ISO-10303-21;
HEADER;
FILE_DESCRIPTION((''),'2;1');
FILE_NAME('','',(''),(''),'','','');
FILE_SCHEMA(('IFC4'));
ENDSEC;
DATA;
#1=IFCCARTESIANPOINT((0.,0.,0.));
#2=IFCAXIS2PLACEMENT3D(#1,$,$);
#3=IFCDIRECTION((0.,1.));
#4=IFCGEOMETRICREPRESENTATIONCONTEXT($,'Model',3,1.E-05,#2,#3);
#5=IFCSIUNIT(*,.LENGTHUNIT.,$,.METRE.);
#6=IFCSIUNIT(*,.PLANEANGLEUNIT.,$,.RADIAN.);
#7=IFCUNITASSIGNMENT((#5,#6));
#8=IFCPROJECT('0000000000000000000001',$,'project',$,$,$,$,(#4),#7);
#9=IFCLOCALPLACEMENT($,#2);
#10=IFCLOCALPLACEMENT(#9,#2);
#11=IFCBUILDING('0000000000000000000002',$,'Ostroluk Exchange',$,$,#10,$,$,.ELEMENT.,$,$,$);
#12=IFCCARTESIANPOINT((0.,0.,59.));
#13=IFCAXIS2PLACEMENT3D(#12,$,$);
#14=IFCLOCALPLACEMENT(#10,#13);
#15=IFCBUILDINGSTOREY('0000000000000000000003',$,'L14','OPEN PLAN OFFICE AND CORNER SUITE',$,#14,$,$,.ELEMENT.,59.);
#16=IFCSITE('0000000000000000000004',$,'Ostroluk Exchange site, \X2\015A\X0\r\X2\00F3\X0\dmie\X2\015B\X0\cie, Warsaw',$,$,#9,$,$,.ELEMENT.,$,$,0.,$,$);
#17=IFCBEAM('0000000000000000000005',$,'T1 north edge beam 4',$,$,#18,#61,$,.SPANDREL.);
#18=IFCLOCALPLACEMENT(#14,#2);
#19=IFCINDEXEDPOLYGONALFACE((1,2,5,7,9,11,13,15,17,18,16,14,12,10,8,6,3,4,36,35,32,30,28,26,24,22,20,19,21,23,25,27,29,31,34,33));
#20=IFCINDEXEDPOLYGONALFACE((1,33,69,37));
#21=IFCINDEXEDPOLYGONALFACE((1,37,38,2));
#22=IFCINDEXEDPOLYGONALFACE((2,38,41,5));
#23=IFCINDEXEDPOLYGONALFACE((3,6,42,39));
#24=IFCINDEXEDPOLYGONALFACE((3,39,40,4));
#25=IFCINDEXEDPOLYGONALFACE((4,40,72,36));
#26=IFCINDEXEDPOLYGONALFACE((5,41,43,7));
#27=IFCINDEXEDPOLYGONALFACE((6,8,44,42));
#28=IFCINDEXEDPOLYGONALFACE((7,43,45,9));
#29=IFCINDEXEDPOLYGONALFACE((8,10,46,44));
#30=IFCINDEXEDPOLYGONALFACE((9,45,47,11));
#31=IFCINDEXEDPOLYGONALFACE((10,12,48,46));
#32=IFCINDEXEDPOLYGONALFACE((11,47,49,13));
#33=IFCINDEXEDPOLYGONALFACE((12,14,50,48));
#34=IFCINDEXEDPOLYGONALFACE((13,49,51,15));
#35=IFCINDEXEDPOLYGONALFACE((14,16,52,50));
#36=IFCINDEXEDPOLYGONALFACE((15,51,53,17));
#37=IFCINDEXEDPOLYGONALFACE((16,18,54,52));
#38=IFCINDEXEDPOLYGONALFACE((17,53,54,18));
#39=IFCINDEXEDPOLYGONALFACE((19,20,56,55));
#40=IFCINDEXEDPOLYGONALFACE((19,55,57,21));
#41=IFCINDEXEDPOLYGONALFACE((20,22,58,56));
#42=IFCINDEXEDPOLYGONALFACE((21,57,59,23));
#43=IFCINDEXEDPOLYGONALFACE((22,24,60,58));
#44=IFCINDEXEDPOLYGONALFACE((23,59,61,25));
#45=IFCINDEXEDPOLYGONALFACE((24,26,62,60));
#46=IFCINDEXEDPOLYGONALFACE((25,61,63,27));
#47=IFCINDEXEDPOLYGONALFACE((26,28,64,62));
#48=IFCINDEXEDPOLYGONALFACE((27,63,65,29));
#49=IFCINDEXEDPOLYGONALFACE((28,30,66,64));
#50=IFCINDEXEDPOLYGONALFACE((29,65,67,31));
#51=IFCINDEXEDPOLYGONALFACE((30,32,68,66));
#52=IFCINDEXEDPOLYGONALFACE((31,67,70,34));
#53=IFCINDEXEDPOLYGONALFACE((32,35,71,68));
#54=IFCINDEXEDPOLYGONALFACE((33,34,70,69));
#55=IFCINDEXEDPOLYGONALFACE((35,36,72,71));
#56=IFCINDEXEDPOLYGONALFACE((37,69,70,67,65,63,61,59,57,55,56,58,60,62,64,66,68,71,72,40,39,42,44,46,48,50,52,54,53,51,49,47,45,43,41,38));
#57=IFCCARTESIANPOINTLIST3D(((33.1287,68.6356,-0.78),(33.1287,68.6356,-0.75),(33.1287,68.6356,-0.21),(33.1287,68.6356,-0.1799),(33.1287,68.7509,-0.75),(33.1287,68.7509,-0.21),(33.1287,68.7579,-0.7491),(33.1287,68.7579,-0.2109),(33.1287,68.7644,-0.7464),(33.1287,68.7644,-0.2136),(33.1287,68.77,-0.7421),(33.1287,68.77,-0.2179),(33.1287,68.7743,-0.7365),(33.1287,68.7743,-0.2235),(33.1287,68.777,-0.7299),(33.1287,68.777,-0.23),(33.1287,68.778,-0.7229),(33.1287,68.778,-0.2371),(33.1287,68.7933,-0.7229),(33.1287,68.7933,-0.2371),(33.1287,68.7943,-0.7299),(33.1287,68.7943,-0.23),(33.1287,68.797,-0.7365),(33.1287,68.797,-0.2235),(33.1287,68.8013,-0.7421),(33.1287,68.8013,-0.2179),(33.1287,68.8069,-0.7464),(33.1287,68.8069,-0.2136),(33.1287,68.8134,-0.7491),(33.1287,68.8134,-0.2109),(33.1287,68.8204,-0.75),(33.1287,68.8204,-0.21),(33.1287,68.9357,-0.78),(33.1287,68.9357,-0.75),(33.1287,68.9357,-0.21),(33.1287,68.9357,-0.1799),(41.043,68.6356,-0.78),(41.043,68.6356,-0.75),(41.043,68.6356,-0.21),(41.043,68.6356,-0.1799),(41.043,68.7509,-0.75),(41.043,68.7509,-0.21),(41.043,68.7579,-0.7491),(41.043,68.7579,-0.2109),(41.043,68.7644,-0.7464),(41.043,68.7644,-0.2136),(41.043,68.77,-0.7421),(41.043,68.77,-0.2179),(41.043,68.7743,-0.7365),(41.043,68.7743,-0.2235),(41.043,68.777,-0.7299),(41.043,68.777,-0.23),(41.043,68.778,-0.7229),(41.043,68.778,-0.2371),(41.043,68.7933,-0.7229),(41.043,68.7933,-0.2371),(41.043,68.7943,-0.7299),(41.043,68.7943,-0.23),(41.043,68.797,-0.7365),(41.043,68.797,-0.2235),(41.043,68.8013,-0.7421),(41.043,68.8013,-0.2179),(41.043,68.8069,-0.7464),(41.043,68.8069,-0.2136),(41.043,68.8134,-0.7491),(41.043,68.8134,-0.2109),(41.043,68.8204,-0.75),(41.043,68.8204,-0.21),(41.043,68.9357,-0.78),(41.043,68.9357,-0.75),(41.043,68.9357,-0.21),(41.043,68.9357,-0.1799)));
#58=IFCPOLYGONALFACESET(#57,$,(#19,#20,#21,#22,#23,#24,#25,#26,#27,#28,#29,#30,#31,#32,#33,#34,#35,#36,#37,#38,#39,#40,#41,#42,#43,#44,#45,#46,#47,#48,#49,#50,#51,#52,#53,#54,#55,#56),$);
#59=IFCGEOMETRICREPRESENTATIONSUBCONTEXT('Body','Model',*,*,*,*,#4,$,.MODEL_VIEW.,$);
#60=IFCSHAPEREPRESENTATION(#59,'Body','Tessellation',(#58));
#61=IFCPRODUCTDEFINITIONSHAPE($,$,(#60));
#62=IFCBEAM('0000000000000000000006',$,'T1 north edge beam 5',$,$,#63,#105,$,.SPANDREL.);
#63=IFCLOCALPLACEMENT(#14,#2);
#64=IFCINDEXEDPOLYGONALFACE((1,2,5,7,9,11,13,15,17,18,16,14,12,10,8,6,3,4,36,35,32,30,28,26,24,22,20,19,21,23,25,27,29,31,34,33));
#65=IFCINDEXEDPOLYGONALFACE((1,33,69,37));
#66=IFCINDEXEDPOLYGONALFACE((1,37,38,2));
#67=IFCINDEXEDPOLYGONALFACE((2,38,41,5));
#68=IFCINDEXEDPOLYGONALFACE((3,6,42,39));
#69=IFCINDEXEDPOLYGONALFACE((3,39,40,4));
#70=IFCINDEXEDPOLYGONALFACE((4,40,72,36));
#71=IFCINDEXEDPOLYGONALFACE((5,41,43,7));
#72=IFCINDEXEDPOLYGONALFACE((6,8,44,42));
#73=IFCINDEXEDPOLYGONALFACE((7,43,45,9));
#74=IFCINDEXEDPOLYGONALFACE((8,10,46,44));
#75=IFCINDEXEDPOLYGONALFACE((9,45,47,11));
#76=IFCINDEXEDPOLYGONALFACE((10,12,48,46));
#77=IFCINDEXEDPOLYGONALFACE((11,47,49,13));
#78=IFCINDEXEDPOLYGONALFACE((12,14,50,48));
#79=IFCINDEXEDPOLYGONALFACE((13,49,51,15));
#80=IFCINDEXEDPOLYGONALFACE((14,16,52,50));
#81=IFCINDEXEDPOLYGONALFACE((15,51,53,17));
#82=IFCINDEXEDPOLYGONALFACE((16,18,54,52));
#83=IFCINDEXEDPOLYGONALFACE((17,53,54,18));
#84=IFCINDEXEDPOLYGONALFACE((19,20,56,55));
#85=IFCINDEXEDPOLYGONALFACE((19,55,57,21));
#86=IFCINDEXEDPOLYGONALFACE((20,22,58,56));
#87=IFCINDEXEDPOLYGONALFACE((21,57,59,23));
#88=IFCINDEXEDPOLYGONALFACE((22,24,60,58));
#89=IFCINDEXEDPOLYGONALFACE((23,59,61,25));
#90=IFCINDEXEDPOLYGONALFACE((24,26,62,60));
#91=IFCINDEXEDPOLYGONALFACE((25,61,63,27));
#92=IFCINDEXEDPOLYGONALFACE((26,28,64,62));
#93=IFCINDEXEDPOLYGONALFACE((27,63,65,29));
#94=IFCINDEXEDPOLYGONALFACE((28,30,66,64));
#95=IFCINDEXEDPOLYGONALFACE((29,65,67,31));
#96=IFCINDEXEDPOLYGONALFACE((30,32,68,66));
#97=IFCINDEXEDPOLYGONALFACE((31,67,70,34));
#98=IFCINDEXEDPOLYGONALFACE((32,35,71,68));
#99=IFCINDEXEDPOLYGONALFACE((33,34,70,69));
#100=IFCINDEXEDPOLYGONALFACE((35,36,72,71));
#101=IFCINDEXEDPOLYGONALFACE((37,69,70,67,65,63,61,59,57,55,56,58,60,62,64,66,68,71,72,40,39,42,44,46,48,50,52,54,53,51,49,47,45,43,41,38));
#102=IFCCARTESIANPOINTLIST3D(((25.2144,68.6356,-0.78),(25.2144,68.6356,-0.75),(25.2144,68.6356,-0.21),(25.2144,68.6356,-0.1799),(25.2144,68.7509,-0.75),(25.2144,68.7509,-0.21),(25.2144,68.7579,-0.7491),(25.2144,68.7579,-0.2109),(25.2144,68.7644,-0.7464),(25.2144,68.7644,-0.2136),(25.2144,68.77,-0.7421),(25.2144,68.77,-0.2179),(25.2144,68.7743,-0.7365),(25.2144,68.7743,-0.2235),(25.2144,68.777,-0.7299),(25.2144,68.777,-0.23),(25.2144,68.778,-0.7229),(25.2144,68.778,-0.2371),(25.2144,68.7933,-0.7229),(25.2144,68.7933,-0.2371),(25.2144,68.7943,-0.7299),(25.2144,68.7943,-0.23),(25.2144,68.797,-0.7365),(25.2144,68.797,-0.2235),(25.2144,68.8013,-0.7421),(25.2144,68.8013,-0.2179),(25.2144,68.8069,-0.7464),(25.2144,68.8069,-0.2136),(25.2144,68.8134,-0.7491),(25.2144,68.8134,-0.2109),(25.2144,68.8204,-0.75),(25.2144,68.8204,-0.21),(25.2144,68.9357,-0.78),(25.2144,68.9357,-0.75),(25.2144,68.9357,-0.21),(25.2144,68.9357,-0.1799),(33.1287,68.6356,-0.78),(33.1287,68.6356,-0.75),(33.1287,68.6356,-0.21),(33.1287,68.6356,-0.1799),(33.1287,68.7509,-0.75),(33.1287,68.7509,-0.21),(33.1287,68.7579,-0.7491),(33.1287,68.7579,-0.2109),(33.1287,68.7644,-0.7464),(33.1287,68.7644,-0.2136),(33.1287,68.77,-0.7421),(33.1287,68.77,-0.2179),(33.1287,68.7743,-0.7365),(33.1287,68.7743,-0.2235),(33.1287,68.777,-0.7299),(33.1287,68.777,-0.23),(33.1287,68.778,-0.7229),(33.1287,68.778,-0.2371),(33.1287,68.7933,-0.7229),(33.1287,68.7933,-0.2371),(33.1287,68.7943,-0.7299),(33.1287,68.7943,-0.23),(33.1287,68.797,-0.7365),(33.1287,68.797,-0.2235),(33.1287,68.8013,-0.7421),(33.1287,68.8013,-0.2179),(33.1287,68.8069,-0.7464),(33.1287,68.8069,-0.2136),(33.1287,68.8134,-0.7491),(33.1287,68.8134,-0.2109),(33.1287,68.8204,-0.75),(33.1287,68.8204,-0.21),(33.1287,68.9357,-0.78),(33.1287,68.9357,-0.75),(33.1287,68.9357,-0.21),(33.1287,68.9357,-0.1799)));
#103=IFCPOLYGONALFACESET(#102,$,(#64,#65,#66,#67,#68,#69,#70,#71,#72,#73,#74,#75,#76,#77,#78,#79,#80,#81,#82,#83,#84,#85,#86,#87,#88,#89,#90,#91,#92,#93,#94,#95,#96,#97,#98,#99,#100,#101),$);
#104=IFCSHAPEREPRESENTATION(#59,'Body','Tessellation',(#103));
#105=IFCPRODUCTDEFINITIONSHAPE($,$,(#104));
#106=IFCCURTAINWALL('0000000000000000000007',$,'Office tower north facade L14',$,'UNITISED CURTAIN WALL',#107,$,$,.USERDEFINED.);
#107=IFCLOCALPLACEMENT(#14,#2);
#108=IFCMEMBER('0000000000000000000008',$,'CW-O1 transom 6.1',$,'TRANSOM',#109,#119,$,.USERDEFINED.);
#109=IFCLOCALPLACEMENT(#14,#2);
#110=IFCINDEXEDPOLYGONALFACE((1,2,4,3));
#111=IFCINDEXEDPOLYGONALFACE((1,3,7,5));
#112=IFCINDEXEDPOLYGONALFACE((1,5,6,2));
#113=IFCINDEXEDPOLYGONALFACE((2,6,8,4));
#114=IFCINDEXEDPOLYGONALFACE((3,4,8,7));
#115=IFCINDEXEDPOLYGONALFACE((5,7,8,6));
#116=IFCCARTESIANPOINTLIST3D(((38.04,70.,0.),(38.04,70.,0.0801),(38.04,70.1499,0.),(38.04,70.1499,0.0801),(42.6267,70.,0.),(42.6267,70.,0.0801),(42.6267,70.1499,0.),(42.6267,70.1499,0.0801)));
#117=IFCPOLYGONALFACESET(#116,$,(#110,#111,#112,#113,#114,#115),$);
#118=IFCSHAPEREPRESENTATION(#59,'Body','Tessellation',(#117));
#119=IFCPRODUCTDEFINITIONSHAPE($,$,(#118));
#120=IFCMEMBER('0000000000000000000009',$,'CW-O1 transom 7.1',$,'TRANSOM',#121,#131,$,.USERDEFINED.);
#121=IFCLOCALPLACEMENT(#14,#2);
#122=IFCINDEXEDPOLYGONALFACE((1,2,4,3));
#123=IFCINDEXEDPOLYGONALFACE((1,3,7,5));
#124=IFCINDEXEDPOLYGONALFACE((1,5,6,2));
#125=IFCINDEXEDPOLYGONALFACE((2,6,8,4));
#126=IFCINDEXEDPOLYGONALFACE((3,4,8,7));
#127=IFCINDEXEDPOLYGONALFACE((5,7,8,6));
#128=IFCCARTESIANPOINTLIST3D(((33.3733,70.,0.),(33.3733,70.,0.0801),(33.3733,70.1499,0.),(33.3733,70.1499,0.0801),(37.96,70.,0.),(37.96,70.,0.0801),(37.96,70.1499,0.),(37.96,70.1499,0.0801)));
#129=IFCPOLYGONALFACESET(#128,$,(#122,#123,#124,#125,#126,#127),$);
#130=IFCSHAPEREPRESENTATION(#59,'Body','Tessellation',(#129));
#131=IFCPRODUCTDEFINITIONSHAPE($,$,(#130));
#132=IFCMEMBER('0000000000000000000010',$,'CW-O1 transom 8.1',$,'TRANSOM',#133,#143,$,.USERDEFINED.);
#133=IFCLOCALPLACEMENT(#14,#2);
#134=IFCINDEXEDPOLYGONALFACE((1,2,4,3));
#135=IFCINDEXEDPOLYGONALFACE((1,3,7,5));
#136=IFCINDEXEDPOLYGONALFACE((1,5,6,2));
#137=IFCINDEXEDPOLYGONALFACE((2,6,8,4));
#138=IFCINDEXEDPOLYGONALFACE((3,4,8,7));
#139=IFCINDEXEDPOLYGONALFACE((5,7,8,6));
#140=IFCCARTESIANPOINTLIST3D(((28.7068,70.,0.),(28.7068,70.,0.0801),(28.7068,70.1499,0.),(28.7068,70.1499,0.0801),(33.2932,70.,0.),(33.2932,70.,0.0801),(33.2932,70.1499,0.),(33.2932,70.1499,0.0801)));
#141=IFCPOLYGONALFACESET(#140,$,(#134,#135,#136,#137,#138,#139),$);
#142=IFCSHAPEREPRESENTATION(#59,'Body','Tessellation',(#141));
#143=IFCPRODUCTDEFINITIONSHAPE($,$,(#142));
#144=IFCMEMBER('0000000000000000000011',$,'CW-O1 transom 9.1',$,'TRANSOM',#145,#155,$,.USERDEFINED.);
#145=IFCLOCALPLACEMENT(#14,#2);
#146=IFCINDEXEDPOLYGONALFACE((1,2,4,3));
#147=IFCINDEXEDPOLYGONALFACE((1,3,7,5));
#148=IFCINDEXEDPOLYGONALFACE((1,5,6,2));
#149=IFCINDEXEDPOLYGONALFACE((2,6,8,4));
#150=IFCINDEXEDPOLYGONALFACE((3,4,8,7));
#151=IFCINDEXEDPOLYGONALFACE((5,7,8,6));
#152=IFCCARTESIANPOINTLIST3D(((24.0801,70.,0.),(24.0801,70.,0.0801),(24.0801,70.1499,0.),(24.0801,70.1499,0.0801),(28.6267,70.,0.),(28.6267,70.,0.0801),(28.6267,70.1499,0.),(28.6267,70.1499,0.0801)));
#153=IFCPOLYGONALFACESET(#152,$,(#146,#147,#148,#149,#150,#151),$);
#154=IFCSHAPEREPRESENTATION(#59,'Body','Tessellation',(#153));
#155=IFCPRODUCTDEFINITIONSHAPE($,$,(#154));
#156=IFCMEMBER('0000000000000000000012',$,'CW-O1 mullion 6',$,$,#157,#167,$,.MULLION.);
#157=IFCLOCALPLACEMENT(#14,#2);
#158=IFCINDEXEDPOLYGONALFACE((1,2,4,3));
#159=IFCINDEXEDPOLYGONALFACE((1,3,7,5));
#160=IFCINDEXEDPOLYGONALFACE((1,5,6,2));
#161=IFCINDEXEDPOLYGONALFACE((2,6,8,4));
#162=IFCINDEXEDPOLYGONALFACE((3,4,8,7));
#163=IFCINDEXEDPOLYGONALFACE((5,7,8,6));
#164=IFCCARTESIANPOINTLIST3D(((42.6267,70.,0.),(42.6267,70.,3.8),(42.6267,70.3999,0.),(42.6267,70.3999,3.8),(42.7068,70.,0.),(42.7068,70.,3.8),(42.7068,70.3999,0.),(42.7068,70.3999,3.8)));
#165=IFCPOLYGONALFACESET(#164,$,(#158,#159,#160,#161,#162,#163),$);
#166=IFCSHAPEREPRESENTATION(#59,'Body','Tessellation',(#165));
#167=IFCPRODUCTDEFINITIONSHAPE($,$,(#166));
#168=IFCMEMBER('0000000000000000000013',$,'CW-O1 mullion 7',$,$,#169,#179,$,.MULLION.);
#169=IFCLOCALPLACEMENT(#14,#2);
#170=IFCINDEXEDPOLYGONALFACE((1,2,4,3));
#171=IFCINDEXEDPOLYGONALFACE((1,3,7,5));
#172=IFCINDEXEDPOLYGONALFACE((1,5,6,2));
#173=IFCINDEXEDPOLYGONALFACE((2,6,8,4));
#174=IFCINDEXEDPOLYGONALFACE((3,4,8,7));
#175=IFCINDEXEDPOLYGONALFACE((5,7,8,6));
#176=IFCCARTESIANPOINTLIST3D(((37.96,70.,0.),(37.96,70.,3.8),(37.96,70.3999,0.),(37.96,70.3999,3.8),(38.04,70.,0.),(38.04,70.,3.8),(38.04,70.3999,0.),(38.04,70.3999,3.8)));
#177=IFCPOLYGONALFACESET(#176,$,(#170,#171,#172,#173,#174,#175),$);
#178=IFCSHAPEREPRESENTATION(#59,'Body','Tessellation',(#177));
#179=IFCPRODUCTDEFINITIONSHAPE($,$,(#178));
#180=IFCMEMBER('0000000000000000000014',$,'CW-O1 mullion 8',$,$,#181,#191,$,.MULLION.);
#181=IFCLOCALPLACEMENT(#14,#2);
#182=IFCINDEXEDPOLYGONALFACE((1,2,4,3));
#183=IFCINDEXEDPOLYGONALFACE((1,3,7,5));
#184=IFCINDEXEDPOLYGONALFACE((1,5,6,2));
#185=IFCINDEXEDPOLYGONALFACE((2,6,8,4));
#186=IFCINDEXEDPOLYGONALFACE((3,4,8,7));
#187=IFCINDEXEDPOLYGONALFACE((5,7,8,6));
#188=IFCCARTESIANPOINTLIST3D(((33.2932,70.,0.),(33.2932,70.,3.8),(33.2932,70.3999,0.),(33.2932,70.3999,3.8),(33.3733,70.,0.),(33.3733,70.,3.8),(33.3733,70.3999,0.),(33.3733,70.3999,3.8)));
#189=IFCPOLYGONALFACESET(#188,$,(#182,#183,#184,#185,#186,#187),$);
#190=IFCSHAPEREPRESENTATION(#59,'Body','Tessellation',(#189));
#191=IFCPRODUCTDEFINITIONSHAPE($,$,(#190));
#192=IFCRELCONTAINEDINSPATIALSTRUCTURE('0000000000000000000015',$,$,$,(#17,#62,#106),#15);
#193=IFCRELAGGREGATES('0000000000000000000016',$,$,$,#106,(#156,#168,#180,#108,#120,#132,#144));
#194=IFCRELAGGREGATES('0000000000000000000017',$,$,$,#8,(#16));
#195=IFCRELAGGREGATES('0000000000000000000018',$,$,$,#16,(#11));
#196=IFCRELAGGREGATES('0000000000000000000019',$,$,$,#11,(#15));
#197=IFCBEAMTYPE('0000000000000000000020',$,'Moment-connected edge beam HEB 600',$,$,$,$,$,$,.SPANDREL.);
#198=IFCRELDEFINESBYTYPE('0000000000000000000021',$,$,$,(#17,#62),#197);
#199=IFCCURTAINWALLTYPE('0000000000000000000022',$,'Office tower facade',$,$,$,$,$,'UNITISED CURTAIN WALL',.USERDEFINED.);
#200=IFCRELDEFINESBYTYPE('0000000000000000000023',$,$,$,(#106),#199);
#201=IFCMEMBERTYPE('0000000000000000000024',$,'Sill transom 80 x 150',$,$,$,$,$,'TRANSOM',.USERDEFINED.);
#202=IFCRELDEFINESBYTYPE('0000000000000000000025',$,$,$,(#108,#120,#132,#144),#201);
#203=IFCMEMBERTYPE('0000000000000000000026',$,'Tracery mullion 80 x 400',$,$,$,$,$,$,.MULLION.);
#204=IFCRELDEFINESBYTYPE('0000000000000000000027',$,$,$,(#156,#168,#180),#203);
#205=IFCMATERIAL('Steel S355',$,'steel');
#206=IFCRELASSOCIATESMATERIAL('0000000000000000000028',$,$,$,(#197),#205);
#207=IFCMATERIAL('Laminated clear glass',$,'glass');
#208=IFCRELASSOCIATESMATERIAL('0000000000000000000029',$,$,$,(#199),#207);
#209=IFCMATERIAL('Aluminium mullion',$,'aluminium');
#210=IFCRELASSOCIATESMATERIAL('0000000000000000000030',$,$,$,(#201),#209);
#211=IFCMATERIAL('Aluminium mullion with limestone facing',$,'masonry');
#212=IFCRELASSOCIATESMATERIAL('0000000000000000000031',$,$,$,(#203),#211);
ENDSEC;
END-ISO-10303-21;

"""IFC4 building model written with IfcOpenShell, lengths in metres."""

from ifc_helpers import new_model, si_unit, direction, frame, origin, origin_2d, place, context, subcontext, project, spatial, rectangle, i_section, extrude, material, material_profile, profile_set, type_object, element, aggregate, save


model = new_model("IFC4")

# Units and contexts
model_context = context("Model", 3, precision=1e-05, world=origin(), true_north=direction((0.0, 1.0)))
body_context = subcontext(model_context, "Body", "Model", "MODEL_VIEW")
ifc_project = project(units=[si_unit("LENGTHUNIT", "METRE"), si_unit("PLANEANGLEUNIT", "RADIAN")], contexts=[model_context])

# Site, building, storey
site_placement = place(None, origin())
site = spatial("IfcSite", under=ifc_project, at=site_placement, Name="Ostroluk Exchange site, Śródmieście, Warsaw", CompositionType="ELEMENT", RefElevation=0.0)
building_placement = place(site_placement, origin())
building = spatial("IfcBuilding", under=site, at=building_placement, Name="Ostroluk Exchange", CompositionType="ELEMENT")
storey_placement = place(building_placement, frame((0.0, 0.0, 59.0)))
storey = spatial("IfcBuildingStorey", under=building, at=storey_placement, Name="L14", Description="OPEN PLAN OFFICE AND CORNER SUITE", CompositionType="ELEMENT", Elevation=59.0)

# Beams
ifc_material_1 = material(Name="Steel S355", Category="steel")
ifc_material_profile_1 = material_profile(ifc_material_1, i_section(OverallWidth=0.3, OverallDepth=0.6001, WebThickness=0.0154, FlangeThickness=0.03, FilletRadius=0.0271, at=origin_2d()), Name="HEB 600")
ifc_profile_set_1 = profile_set([ifc_material_profile_1], Name="Steel S355")
beam_type = type_object("IfcBeamType", Name="Moment-connected edge beam HEB 600", PredefinedType="SPANDREL", material=ifc_profile_set_1)
for number, where, z_axis, x_axis, name in (
    (1, (41.043, 68.7856, -0.48), (-1.0, 0.0, 0.0), (0.0, -1.0, 0.0), "T1 north edge beam 4"),
    (2, (33.1287, 68.7856, -0.48), (-1.0, 0.0, 0.0), (0.0, -1.0, 0.0), "T1 north edge beam 5"),
):
    element("IfcBeam", number, at=place(storey_placement, frame(where, z_axis=z_axis, x_axis=x_axis)), inside=storey, type_object=beam_type, Name=name, PredefinedType="SPANDREL", context=body_context, shape_type="SweptSolid", body=[
        extrude(i_section(OverallWidth=0.3, OverallDepth=0.6001, WebThickness=0.0154, FlangeThickness=0.03, FilletRadius=0.0271, at=origin_2d()), origin(), (0.0, 0.0, 1.0), 7.9143),
    ])

# Curtain wall, members
ifc_material_2 = material(Name="Laminated clear glass", Category="glass")
curtain_wall_type = type_object("IfcCurtainWallType", Name="Office tower facade", ElementType="UNITISED CURTAIN WALL", PredefinedType="USERDEFINED", material=ifc_material_2)
curtain_wall_placement = place(storey_placement, origin())
curtain_wall = element("IfcCurtainWall", 3, at=curtain_wall_placement, inside=storey, type_object=curtain_wall_type, Name="Office tower north facade L14", ObjectType="UNITISED CURTAIN WALL", PredefinedType="USERDEFINED")
ifc_material_3 = material(Name="Aluminium mullion", Category="aluminium")
ifc_material_profile_2 = material_profile(ifc_material_3, rectangle(XDim=0.1499, YDim=0.0801, at=origin_2d()), Name="Sill transom 80 x 150")
ifc_profile_set_2 = profile_set([ifc_material_profile_2], Name="Aluminium mullion")
member_type_1 = type_object("IfcMemberType", Name="Sill transom 80 x 150", ElementType="TRANSOM", PredefinedType="USERDEFINED", material=ifc_profile_set_2)
member_1_placement = place(storey_placement, frame((42.6267, 70.075, 0.04), z_axis=(-1.0, 0.0, 0.0), x_axis=(0.0, -1.0, 0.0)))
member_1 = element("IfcMember", 4, at=member_1_placement, type_object=member_type_1, Name="CW-O1 transom 6.1", ObjectType="TRANSOM", PredefinedType="USERDEFINED", context=body_context, shape_type="SweptSolid", body=[
    extrude(rectangle(XDim=0.1499, YDim=0.0801, at=origin_2d()), origin(), (0.0, 0.0, 1.0), 4.5867),
])
member_2_placement = place(storey_placement, frame((37.96, 70.075, 0.04), z_axis=(-1.0, 0.0, 0.0), x_axis=(0.0, -1.0, 0.0)))
member_2 = element("IfcMember", 5, at=member_2_placement, type_object=member_type_1, Name="CW-O1 transom 7.1", ObjectType="TRANSOM", PredefinedType="USERDEFINED", context=body_context, shape_type="SweptSolid", body=[
    extrude(rectangle(XDim=0.1499, YDim=0.0801, at=origin_2d()), origin(), (0.0, 0.0, 1.0), 4.5867),
])
member_3_placement = place(storey_placement, frame((33.2932, 70.075, 0.04), z_axis=(-1.0, 0.0, 0.0), x_axis=(0.0, -1.0, 0.0)))
member_3 = element("IfcMember", 6, at=member_3_placement, type_object=member_type_1, Name="CW-O1 transom 8.1", ObjectType="TRANSOM", PredefinedType="USERDEFINED", context=body_context, shape_type="SweptSolid", body=[
    extrude(rectangle(XDim=0.1499, YDim=0.0801, at=origin_2d()), origin(), (0.0, 0.0, 1.0), 4.5864),
])
member_4_placement = place(storey_placement, frame((28.6267, 70.075, 0.04), z_axis=(-1.0, 0.0, 0.0), x_axis=(0.0, -1.0, 0.0)))
member_4 = element("IfcMember", 7, at=member_4_placement, type_object=member_type_1, Name="CW-O1 transom 9.1", ObjectType="TRANSOM", PredefinedType="USERDEFINED", context=body_context, shape_type="SweptSolid", body=[
    extrude(rectangle(XDim=0.1499, YDim=0.0801, at=origin_2d()), origin(), (0.0, 0.0, 1.0), 4.5466),
])
ifc_material_4 = material(Name="Aluminium mullion with limestone facing", Category="masonry")
ifc_material_profile_3 = material_profile(ifc_material_4, rectangle(XDim=0.3999, YDim=0.0801, at=origin_2d()), Name="Tracery mullion 80 x 400")
ifc_profile_set_3 = profile_set([ifc_material_profile_3], Name="Aluminium mullion with limestone facing")
member_type_2 = type_object("IfcMemberType", Name="Tracery mullion 80 x 400", PredefinedType="MULLION", material=ifc_profile_set_3)
member_5_placement = place(storey_placement, frame((42.6667, 70.2, 0.0), z_axis=(0.0, 0.0, 1.0), x_axis=(0.0, -1.0, 0.0)))
member_5 = element("IfcMember", 8, at=member_5_placement, type_object=member_type_2, Name="CW-O1 mullion 6", PredefinedType="MULLION", context=body_context, shape_type="SweptSolid", body=[
    extrude(rectangle(XDim=0.3999, YDim=0.0801, at=origin_2d()), origin(), (0.0, 0.0, 1.0), 3.8),
])
member_6_placement = place(storey_placement, frame((38.0, 70.2, 0.0), z_axis=(0.0, 0.0, 1.0), x_axis=(0.0, -1.0, 0.0)))
member_6 = element("IfcMember", 9, at=member_6_placement, type_object=member_type_2, Name="CW-O1 mullion 7", PredefinedType="MULLION", context=body_context, shape_type="SweptSolid", body=[
    extrude(rectangle(XDim=0.3999, YDim=0.0801, at=origin_2d()), origin(), (0.0, 0.0, 1.0), 3.8),
])
member_7_placement = place(storey_placement, frame((33.3333, 70.2, 0.0), z_axis=(0.0, 0.0, 1.0), x_axis=(0.0, -1.0, 0.0)))
member_7 = element("IfcMember", 10, at=member_7_placement, type_object=member_type_2, Name="CW-O1 mullion 8", PredefinedType="MULLION", context=body_context, shape_type="SweptSolid", body=[
    extrude(rectangle(XDim=0.3999, YDim=0.0801, at=origin_2d()), origin(), (0.0, 0.0, 1.0), 3.8),
])
aggregate(curtain_wall, [member_5, member_6, member_7, member_1, member_2, member_3, member_4])

save(model, "model.ifc")
